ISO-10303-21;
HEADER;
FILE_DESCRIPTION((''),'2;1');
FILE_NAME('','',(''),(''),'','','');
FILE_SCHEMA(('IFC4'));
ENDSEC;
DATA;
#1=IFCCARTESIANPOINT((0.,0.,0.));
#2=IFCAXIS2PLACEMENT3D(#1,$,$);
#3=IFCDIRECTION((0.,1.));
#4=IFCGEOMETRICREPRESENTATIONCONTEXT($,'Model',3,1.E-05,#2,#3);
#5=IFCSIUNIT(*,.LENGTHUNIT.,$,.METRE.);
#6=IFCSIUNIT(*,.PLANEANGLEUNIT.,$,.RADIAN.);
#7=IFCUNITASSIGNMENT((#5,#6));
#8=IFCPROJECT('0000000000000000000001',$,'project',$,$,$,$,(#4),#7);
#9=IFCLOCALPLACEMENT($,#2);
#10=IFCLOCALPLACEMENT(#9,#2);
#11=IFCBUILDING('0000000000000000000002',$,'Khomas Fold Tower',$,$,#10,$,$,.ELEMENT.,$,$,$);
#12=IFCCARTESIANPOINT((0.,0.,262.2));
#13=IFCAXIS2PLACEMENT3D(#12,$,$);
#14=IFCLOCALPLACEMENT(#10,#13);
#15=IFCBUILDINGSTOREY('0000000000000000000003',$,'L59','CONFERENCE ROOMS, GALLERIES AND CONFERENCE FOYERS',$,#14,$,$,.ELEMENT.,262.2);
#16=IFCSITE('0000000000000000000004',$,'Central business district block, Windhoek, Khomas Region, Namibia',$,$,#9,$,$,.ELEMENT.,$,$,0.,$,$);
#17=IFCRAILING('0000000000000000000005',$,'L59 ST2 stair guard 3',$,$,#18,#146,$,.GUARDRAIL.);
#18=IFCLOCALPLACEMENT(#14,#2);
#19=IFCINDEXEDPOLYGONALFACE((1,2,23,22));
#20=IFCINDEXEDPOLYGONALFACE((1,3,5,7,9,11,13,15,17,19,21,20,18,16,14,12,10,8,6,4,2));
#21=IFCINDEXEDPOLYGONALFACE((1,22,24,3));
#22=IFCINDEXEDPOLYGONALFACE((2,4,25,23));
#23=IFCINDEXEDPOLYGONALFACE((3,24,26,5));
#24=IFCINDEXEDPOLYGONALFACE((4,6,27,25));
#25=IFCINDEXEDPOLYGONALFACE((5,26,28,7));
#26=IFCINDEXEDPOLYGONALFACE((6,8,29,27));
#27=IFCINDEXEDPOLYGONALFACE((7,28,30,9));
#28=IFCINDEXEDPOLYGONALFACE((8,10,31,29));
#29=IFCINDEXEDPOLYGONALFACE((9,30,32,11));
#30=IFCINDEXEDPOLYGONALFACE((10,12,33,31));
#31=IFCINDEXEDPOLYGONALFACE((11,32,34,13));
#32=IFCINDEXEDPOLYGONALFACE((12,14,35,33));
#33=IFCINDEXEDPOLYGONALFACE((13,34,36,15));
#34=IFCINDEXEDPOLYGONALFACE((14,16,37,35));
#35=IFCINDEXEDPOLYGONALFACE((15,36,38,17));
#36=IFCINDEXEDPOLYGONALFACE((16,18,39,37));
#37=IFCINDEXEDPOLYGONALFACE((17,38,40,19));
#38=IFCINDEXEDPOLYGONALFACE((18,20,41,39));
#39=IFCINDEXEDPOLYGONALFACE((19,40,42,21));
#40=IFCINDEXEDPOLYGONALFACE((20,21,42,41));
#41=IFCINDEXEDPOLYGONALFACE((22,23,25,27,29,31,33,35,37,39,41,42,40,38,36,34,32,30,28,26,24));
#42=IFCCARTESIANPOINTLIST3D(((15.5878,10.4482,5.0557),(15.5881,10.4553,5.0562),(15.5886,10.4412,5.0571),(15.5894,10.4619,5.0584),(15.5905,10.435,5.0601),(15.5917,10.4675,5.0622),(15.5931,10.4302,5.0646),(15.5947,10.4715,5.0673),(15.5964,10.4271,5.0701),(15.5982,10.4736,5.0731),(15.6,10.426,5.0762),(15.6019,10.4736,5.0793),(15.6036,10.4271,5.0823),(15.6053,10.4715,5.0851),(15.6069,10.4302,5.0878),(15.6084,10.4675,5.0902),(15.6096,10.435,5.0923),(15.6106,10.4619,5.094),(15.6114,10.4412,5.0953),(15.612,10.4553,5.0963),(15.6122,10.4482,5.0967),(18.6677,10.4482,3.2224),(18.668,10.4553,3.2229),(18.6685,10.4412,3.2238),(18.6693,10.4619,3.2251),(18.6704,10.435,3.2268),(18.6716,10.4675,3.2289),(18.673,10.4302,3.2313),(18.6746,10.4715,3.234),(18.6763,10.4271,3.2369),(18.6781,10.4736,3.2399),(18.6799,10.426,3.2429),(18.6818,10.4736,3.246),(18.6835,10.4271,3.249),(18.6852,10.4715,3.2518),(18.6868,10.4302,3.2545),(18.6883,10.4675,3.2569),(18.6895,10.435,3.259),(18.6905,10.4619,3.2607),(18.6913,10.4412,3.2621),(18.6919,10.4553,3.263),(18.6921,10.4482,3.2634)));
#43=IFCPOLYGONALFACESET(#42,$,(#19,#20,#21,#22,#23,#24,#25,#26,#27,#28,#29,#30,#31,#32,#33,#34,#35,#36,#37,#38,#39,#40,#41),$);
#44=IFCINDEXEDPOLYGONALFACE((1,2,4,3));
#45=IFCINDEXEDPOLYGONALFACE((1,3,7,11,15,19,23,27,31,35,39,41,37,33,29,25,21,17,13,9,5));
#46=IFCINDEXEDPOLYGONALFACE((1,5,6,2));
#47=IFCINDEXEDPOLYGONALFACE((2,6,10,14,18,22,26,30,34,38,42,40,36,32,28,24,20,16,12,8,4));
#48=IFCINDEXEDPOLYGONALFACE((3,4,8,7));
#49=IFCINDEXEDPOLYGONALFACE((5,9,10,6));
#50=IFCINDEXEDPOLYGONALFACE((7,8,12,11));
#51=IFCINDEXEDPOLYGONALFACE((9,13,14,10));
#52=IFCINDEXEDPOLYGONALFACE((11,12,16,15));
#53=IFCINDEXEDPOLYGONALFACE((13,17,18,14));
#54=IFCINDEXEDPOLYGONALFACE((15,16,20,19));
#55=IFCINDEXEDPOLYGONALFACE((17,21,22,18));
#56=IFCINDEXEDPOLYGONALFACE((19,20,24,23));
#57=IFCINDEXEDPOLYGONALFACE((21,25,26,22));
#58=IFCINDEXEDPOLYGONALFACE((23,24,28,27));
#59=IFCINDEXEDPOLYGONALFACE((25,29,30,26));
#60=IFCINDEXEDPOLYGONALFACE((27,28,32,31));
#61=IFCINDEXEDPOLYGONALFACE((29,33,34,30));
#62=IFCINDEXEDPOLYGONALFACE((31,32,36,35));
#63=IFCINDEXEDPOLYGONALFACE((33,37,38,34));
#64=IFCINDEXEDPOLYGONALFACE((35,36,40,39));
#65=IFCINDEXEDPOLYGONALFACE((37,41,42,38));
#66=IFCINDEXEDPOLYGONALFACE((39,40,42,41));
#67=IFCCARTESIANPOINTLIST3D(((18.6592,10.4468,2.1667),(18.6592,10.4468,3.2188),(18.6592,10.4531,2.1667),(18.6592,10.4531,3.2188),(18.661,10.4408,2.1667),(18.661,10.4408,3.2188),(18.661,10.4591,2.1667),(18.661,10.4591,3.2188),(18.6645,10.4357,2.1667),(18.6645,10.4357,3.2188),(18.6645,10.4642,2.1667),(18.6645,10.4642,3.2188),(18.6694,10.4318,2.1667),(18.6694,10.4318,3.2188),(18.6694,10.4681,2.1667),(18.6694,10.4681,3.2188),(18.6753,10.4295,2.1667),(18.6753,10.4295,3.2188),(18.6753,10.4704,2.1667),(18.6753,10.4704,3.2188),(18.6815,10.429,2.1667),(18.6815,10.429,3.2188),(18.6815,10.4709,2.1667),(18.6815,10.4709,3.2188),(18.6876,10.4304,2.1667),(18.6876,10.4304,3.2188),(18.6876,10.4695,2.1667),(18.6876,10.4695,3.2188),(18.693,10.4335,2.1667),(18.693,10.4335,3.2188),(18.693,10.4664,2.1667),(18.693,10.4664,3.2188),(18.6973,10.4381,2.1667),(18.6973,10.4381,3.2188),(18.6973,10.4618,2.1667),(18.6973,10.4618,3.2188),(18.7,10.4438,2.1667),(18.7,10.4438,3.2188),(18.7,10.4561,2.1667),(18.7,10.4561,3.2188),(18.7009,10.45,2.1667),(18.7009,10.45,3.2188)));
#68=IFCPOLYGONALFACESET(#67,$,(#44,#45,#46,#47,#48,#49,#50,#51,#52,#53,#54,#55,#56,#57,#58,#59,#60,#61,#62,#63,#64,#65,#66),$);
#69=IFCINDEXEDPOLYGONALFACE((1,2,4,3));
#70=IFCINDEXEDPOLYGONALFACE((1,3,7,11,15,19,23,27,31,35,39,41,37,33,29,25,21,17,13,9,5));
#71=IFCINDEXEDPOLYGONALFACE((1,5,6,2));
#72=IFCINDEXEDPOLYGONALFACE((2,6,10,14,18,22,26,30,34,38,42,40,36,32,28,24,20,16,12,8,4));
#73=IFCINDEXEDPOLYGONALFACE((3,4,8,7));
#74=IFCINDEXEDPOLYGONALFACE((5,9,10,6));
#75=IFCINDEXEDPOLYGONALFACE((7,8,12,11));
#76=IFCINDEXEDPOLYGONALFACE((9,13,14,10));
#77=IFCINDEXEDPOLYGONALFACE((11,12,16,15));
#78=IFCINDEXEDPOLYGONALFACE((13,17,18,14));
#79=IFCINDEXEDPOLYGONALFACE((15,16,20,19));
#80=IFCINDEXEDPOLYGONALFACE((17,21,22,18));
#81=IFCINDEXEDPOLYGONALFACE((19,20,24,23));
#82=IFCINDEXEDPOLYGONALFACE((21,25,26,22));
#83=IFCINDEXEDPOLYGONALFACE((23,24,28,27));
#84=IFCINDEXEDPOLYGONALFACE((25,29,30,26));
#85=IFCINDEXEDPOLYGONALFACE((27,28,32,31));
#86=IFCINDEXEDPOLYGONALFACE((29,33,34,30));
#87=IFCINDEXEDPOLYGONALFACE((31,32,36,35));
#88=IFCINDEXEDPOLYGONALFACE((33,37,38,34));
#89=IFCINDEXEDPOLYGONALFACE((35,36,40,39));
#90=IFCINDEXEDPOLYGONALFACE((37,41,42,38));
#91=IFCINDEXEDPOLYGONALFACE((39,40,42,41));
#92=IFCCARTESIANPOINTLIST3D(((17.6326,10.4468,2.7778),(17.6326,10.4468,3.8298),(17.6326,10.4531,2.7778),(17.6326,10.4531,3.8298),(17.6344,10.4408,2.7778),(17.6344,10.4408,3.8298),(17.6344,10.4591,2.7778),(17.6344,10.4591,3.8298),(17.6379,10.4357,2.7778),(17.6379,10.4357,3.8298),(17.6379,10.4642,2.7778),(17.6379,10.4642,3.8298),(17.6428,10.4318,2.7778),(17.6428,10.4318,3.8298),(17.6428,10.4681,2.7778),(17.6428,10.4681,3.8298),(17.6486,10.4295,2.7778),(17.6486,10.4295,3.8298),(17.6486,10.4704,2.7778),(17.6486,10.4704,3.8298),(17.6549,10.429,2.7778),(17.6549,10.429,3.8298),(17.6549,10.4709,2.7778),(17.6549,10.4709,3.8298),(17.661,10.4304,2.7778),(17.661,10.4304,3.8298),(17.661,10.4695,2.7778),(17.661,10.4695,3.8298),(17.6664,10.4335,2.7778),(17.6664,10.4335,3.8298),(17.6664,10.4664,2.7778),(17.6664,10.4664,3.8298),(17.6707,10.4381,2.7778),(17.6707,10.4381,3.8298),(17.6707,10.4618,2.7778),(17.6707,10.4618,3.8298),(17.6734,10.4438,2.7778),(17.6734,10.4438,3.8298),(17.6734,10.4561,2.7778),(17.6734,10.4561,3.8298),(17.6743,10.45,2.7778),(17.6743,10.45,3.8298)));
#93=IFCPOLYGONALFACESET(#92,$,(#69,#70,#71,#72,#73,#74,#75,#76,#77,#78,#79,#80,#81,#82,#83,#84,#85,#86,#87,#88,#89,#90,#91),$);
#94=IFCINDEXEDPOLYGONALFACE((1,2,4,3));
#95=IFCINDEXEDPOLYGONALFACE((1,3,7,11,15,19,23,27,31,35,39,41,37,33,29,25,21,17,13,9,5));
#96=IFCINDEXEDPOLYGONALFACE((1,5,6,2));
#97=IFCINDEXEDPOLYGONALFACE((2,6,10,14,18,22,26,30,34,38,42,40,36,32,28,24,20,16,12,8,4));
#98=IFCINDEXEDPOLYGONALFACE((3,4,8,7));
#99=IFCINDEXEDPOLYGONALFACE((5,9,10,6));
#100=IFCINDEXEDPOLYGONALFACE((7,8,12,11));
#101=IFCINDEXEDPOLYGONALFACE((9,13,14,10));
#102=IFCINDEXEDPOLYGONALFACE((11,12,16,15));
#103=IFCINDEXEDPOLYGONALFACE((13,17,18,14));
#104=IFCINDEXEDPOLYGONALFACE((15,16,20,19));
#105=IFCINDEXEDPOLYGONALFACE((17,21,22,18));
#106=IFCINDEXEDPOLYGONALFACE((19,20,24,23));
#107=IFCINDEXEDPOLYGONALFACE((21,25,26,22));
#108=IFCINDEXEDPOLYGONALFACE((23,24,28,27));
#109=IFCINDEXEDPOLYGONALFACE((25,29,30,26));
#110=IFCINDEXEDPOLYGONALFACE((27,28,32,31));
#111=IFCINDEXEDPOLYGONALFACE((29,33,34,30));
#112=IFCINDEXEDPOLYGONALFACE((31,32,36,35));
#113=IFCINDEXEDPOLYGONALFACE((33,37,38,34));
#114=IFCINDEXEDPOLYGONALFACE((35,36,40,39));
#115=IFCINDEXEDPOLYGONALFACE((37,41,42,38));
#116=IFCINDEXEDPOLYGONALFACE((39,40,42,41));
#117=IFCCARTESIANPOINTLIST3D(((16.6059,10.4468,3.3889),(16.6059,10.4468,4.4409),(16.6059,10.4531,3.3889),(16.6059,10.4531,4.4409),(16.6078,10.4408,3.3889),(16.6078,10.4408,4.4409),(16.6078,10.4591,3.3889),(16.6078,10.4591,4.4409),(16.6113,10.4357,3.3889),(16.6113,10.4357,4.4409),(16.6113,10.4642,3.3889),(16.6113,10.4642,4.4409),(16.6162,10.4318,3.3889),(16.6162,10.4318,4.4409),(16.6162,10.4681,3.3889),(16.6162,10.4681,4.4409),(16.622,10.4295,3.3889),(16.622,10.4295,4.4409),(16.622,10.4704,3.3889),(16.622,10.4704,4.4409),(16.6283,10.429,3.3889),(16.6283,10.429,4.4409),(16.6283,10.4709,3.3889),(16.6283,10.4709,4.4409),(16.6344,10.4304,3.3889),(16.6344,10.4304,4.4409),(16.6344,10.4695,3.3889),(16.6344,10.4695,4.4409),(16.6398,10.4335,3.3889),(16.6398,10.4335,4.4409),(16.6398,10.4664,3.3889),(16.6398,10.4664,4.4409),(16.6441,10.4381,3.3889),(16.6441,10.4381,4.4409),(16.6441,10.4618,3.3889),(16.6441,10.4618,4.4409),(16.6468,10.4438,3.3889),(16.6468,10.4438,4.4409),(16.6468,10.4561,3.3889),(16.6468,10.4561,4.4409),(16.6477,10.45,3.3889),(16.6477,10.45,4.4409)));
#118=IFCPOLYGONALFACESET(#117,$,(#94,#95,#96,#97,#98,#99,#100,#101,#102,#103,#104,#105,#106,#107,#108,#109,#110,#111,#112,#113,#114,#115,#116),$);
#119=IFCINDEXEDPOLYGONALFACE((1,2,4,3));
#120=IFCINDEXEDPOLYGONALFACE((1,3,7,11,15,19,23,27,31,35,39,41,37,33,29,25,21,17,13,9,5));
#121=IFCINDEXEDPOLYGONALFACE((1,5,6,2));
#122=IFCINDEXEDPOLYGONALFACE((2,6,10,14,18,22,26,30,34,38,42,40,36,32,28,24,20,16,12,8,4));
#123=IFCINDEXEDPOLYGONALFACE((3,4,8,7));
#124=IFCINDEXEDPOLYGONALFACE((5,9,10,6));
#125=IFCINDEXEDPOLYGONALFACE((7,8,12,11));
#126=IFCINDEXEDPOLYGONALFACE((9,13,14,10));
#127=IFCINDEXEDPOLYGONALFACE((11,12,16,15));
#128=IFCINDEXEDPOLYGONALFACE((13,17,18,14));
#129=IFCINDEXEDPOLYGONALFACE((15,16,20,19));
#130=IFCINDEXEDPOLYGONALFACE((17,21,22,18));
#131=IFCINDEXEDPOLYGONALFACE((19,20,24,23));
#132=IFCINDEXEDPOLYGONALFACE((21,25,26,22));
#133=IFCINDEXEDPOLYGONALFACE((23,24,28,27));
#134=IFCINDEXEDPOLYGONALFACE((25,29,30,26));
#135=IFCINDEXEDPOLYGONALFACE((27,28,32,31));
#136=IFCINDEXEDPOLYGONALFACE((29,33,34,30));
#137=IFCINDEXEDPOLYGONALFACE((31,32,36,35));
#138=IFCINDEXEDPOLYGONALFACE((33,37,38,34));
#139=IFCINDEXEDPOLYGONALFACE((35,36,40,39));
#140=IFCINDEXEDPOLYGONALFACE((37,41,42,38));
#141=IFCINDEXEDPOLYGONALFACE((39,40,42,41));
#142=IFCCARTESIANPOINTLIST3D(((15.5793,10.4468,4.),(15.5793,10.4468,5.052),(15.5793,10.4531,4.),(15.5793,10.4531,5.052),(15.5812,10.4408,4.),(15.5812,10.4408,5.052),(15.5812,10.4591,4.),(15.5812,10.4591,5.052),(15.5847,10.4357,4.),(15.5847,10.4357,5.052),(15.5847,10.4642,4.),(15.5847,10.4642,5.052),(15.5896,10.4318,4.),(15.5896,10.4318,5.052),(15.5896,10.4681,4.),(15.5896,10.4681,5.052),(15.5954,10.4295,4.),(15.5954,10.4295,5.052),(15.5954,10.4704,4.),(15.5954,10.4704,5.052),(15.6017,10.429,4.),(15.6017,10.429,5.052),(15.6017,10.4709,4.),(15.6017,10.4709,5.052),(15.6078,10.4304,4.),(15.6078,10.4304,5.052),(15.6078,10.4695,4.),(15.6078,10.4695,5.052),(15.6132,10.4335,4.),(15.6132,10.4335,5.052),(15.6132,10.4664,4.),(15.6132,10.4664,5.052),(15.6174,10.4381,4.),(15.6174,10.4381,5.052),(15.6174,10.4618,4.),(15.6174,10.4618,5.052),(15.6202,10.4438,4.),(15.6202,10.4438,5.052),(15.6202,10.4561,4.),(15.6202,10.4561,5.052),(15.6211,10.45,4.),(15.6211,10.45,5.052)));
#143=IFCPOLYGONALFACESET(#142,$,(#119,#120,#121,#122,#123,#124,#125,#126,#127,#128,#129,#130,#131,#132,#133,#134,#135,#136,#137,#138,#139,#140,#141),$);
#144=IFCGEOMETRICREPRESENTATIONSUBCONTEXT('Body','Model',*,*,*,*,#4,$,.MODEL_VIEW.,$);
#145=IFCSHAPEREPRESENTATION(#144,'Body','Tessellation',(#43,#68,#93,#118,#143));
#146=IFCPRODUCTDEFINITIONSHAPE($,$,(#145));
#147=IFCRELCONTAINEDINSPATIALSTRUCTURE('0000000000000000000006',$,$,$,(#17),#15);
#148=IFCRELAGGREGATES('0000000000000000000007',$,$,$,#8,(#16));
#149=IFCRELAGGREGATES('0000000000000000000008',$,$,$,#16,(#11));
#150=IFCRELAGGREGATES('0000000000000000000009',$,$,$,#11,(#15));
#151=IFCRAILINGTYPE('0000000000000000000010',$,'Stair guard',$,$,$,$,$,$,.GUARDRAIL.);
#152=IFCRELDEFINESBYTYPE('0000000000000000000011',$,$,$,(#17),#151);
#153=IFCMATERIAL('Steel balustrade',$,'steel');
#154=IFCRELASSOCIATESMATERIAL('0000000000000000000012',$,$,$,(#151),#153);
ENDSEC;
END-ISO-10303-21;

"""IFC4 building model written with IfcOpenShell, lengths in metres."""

from ifc_helpers import new_model, si_unit, direction, frame, origin, origin_2d, place, context, subcontext, project, spatial, circle, extrude, source, transform, mapped, material, type_object, element, save


model = new_model("IFC4")

# Units and contexts
model_context = context("Model", 3, precision=1e-05, world=origin(), true_north=direction((0.0, 1.0)))
body_context = subcontext(model_context, "Body", "Model", "MODEL_VIEW")
ifc_project = project(units=[si_unit("LENGTHUNIT", "METRE"), si_unit("PLANEANGLEUNIT", "RADIAN")], contexts=[model_context])

# Site, building, storey
site_placement = place(None, origin())
site = spatial("IfcSite", under=ifc_project, at=site_placement, Name="Central business district block, Windhoek, Khomas Region, Namibia", CompositionType="ELEMENT", RefElevation=0.0)
building_placement = place(site_placement, origin())
building = spatial("IfcBuilding", under=site, at=building_placement, Name="Khomas Fold Tower", CompositionType="ELEMENT")
storey_placement = place(building_placement, frame((0.0, 0.0, 262.2)))
storey = spatial("IfcBuildingStorey", under=building, at=storey_placement, Name="L59", Description="CONFERENCE ROOMS, GALLERIES AND CONFERENCE FOYERS", CompositionType="ELEMENT", Elevation=262.2)

# Railing
ifc_material_1 = material(Name="Steel balustrade", Category="steel")
railing_type_1 = type_object("IfcRailingType", Name="Stair guard", PredefinedType="GUARDRAIL", material=ifc_material_1)
shared_shape_1 = source(origin(), body_context, "Body", "SweptSolid", [
    extrude(circle(Radius=0.0239, at=origin_2d()), frame((0.0, 0.0, 1.0762), z_axis=(-0.859291, 0.0, 0.511487), x_axis=(0.0, -1.0, 0.0)), (0.0, 0.0, 1.0), 3.5842),
    extrude(circle(Radius=0.021, at=origin_2d()), origin(), (0.0, 0.0, 1.0), 1.052),
    extrude(circle(Radius=0.021, at=origin_2d()), frame((-1.0266, 0.0, 0.6111)), (0.0, 0.0, 1.0), 1.052),
    extrude(circle(Radius=0.021, at=origin_2d()), frame((-2.0532, 0.0, 1.2222)), (0.0, 0.0, 1.0), 1.052),
    extrude(circle(Radius=0.021, at=origin_2d()), frame((-3.0798, 0.0, 1.8333)), (0.0, 0.0, 1.0), 1.052),
])
railing_1_placement = place(storey_placement, frame((18.6799, 10.45, 2.1667)))
element("IfcRailing", 1, at=railing_1_placement, inside=storey, type_object=railing_type_1, Name="L59 ST2 stair guard 3", PredefinedType="GUARDRAIL", context=body_context, shape_type="MappedRepresentation", body=[
    mapped(shared_shape_1, transform((0.0, 0.0, 0.0))),
])

save(model, "model.ifc")
